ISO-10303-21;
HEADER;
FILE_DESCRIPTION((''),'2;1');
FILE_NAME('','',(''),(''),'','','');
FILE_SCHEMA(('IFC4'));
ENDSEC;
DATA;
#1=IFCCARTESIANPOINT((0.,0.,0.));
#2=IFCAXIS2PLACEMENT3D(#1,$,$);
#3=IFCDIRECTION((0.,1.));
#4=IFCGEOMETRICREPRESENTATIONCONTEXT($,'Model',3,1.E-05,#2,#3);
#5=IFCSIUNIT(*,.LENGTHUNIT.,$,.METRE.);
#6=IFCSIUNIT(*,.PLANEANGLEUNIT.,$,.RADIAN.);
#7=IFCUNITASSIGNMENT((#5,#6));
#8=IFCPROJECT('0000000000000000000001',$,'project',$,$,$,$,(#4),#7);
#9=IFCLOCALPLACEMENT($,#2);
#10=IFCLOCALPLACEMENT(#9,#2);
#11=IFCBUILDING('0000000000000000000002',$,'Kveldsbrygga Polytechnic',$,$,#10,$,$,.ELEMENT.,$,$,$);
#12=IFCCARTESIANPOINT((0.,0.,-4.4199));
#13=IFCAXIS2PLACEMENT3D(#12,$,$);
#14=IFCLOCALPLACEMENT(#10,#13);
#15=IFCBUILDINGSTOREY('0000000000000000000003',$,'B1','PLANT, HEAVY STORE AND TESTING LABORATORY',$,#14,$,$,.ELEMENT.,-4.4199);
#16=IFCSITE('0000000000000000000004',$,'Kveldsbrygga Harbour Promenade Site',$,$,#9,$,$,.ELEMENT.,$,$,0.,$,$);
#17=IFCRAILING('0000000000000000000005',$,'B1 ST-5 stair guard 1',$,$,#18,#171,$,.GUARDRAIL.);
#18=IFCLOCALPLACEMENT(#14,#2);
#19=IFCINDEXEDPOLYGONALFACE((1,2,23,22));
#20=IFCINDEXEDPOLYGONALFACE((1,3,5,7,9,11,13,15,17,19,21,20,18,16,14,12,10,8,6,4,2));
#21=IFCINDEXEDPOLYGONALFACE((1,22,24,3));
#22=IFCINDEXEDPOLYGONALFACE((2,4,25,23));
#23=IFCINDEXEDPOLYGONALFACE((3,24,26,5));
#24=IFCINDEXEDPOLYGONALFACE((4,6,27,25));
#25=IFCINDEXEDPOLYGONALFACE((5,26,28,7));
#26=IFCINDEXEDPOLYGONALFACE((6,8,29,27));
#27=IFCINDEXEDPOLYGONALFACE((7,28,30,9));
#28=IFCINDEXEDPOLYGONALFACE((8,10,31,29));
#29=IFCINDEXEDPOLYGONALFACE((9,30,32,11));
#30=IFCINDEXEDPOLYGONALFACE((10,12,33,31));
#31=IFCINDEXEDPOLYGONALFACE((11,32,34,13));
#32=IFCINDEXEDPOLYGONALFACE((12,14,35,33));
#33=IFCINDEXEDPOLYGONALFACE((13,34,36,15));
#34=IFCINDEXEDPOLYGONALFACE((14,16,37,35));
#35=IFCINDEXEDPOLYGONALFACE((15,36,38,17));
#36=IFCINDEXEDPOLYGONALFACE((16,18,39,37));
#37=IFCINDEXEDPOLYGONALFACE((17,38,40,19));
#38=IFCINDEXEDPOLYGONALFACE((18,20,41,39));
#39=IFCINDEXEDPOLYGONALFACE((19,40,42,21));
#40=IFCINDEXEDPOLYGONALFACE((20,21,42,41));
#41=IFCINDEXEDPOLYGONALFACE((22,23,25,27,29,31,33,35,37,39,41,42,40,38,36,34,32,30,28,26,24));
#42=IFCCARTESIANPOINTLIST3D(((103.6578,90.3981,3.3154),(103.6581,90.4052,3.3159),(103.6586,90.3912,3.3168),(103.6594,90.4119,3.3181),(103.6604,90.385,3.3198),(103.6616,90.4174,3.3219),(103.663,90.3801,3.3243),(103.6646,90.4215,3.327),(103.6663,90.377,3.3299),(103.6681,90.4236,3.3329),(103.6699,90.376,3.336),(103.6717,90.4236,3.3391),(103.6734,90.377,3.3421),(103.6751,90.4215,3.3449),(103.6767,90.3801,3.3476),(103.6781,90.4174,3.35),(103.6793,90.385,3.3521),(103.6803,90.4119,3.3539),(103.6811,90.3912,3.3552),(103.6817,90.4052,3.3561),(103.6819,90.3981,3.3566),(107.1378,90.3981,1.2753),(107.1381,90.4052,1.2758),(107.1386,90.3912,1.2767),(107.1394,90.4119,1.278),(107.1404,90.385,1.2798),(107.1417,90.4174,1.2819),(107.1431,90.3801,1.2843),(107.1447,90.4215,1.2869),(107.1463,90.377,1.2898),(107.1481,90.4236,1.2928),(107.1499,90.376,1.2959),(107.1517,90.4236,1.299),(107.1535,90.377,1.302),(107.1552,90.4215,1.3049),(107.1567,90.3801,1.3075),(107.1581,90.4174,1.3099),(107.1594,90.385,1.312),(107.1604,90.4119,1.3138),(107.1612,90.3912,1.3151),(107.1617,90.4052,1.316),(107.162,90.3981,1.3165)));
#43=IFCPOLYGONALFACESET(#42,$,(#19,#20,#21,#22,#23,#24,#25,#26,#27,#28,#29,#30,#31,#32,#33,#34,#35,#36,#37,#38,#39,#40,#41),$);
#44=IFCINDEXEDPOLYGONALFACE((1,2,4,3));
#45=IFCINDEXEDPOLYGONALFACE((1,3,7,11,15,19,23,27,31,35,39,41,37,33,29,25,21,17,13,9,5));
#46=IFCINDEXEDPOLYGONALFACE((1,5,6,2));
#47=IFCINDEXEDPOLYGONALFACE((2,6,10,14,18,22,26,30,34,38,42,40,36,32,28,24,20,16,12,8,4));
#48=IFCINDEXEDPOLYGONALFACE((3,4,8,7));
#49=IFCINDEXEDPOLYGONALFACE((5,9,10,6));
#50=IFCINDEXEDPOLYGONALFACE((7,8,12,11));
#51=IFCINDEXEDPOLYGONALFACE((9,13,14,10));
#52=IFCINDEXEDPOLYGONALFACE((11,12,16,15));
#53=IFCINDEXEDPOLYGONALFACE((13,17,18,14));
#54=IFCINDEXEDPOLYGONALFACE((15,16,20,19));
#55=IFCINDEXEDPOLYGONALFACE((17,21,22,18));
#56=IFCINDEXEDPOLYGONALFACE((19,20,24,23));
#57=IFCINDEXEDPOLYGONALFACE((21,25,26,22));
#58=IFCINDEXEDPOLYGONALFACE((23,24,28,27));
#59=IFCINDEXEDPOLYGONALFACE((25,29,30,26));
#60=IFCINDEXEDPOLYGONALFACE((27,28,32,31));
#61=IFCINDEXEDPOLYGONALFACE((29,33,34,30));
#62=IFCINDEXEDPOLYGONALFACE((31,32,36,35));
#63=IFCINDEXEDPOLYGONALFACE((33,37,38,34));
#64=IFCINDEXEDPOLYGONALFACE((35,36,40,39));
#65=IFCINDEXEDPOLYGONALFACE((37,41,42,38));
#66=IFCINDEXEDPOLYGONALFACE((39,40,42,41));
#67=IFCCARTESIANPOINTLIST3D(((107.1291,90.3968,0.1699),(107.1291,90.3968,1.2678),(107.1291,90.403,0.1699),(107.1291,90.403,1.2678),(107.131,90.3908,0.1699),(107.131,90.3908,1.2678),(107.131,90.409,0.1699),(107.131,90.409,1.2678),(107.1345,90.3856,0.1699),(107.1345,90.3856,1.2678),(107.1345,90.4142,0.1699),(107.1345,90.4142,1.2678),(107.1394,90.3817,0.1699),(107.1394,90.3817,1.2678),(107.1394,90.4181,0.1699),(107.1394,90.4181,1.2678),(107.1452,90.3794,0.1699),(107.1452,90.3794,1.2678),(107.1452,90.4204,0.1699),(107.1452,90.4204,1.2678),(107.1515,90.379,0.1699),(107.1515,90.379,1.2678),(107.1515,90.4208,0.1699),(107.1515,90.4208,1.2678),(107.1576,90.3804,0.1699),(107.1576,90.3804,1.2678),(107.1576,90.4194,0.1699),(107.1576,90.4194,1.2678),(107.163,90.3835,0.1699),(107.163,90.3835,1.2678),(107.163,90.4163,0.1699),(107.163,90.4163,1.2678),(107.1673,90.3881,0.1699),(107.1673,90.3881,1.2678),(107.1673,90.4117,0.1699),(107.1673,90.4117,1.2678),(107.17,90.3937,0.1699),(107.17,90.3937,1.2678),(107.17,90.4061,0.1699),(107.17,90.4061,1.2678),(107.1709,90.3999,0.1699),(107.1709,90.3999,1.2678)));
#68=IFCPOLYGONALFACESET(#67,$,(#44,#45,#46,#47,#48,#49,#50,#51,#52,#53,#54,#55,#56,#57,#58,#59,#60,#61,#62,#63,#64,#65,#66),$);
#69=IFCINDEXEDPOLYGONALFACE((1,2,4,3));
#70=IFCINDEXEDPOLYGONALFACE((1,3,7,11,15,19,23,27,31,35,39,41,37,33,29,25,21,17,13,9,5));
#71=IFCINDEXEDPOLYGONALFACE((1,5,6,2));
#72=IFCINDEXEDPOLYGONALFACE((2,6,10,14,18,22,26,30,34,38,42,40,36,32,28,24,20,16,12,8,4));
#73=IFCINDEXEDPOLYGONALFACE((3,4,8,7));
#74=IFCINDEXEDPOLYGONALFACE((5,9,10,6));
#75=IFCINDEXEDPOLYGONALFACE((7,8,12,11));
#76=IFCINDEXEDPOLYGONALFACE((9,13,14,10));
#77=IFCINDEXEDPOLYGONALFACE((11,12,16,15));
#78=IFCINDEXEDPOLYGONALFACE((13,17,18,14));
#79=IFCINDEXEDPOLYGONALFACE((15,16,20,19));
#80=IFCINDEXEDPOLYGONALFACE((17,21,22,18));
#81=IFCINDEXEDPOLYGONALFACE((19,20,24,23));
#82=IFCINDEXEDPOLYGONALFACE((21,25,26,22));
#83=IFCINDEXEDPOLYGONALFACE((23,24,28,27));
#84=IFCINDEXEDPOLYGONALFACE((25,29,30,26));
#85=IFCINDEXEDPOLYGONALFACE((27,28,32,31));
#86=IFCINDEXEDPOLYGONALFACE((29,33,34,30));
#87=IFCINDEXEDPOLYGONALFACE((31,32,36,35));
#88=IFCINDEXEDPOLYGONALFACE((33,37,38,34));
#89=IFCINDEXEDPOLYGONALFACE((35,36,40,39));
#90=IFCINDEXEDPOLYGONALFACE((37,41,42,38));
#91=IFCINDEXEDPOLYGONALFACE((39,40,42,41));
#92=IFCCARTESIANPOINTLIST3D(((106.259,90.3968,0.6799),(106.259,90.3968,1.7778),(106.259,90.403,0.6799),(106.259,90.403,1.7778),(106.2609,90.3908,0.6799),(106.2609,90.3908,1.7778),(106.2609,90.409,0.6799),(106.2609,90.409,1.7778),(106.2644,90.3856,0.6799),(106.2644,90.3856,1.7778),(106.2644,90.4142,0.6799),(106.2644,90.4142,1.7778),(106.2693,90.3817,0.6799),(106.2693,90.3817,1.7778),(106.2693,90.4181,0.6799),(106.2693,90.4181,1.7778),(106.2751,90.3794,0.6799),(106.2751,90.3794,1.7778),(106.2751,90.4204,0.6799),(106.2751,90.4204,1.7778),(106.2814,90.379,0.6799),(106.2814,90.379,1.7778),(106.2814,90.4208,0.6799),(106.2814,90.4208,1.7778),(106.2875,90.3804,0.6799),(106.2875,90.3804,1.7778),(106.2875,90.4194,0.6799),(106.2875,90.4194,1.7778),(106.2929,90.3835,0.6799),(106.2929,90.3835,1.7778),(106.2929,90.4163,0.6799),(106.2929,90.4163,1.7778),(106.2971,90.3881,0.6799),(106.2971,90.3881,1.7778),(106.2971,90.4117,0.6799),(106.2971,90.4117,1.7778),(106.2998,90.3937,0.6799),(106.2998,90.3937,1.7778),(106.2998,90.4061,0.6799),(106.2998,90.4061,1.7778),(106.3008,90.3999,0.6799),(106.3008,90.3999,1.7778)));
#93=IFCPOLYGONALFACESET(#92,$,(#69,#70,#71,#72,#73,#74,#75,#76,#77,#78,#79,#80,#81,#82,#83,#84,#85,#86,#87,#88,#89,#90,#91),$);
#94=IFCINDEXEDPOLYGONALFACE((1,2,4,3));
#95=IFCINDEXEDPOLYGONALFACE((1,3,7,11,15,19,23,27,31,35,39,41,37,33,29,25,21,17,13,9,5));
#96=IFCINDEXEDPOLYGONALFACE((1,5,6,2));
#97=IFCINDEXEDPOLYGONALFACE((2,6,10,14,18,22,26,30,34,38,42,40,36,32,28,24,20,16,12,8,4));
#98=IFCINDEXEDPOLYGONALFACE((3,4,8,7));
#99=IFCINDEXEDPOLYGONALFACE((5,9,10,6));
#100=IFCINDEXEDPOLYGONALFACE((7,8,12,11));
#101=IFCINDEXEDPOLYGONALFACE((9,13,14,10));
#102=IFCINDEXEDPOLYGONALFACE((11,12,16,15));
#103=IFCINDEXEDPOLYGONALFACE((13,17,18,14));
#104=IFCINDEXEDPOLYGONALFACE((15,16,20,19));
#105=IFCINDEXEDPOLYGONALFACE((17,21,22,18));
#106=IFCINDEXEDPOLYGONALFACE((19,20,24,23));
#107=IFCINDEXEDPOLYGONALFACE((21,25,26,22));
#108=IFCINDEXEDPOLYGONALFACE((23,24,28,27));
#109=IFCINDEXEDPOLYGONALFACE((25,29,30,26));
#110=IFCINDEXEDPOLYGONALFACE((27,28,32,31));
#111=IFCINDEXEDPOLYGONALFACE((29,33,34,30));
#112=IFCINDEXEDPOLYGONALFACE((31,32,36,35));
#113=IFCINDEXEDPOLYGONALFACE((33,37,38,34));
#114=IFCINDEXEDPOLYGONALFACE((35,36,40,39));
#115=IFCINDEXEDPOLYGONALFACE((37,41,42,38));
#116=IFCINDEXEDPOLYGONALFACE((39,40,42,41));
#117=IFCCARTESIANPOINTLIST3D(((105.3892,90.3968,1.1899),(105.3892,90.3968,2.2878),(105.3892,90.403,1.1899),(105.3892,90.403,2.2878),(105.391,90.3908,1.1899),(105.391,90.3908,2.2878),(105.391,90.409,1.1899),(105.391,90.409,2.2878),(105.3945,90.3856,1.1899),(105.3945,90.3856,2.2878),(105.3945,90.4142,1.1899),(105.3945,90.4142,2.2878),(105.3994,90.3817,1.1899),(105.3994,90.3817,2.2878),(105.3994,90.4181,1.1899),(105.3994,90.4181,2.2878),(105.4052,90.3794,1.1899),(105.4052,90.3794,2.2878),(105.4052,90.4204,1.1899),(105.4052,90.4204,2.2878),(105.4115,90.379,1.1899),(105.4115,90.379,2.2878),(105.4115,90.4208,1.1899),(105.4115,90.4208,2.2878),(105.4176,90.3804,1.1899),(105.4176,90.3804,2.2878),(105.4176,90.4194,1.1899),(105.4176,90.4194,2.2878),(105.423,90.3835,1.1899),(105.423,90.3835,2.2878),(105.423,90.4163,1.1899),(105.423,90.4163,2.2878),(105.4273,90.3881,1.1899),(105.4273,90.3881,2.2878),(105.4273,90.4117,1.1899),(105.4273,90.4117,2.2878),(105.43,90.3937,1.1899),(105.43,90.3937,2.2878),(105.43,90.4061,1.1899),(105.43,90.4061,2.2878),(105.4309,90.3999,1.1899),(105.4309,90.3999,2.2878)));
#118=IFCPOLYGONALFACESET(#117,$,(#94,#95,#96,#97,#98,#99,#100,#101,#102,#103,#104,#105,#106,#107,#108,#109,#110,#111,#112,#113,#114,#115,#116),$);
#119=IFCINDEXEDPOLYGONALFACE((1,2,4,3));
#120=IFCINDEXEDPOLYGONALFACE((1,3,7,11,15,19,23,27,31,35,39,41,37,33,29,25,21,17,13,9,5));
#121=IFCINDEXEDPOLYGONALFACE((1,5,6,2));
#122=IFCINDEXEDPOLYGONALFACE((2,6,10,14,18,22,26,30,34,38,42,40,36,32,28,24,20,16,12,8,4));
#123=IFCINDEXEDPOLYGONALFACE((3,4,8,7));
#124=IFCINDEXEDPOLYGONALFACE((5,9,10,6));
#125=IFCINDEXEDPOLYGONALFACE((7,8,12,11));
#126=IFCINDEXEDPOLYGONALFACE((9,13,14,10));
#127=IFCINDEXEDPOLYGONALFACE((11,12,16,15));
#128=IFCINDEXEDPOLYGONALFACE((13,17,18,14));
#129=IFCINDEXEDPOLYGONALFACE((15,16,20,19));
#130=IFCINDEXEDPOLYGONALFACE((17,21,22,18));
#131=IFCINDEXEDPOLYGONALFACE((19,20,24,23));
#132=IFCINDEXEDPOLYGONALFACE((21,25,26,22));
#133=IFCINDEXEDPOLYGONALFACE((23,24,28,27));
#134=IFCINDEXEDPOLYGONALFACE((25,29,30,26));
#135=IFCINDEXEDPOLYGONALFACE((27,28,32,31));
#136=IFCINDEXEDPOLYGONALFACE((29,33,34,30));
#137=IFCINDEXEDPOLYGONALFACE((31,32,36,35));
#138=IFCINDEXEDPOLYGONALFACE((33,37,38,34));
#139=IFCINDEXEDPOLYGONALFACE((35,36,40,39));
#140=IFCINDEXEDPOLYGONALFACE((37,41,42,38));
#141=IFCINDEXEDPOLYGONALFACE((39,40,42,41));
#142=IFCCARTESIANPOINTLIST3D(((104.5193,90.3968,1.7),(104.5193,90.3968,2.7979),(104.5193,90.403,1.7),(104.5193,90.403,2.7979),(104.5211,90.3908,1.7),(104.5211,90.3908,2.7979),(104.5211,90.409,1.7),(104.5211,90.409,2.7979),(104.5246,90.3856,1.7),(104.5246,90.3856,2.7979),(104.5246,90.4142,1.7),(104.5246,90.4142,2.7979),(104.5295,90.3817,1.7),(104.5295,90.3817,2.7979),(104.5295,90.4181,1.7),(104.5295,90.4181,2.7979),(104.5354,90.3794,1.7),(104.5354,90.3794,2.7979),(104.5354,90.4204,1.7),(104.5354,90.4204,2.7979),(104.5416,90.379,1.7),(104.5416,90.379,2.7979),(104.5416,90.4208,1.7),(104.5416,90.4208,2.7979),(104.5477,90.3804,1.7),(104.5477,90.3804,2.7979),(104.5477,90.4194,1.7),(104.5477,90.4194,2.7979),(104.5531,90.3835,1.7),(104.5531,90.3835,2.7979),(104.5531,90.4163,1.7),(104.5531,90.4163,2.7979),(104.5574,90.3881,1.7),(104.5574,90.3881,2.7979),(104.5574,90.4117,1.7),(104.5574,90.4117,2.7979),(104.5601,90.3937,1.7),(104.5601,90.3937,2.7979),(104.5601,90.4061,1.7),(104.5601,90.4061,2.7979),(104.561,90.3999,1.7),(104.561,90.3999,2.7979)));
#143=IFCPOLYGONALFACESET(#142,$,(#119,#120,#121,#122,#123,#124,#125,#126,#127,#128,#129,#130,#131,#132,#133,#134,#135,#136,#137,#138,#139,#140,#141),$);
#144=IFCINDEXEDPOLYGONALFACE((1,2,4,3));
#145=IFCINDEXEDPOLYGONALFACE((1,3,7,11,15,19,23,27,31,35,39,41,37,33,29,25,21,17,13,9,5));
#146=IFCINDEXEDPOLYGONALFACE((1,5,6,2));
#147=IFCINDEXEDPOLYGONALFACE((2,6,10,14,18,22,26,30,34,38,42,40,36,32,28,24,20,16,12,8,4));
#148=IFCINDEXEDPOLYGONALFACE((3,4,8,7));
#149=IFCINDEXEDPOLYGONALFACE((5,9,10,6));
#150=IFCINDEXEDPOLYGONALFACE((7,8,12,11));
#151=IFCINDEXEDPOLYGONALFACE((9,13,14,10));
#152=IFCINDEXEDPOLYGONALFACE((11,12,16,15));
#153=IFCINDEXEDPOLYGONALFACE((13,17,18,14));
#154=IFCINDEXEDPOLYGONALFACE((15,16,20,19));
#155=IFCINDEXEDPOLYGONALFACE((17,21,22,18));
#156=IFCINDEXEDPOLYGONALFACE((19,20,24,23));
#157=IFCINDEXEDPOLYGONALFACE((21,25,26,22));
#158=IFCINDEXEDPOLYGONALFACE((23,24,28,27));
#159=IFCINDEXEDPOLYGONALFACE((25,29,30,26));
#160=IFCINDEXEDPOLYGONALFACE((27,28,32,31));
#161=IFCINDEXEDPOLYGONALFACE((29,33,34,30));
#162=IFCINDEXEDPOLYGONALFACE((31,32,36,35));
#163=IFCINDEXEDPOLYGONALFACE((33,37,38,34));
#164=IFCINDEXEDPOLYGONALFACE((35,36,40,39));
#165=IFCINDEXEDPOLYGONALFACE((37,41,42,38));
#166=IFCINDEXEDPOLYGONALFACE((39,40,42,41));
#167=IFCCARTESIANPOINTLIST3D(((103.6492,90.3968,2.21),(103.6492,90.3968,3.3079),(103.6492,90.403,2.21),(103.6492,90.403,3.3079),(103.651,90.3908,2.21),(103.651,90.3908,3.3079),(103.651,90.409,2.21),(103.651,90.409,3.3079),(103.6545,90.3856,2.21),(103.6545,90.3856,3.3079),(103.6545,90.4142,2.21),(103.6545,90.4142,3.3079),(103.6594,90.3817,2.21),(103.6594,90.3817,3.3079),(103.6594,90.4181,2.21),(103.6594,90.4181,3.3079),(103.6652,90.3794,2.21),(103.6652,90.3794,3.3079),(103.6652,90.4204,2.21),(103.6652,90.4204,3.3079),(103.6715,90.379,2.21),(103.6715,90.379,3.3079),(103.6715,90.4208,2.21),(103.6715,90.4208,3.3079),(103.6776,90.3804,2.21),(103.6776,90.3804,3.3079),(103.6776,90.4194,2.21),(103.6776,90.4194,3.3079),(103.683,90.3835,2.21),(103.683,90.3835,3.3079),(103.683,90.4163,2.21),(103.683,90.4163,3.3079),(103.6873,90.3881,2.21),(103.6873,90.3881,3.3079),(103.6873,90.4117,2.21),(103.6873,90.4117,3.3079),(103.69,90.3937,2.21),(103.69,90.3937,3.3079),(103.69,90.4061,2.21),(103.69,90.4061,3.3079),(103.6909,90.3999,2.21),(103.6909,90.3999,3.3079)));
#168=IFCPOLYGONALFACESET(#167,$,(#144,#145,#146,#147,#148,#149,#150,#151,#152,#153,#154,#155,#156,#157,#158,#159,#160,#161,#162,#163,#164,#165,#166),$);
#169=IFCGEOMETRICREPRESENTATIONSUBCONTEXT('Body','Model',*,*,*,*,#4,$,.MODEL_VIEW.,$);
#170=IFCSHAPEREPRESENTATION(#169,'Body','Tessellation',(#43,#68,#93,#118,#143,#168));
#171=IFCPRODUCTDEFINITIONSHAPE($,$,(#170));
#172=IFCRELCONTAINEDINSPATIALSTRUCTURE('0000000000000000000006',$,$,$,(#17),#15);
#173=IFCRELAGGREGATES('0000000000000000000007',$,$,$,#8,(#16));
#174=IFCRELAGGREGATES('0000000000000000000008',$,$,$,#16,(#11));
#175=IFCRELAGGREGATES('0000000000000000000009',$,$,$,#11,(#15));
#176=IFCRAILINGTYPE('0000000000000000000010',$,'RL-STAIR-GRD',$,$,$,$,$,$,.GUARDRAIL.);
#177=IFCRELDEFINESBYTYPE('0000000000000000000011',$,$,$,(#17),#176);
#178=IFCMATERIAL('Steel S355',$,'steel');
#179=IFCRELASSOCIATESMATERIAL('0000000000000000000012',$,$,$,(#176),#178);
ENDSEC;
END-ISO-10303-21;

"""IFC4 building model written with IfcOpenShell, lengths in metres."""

from ifc_helpers import new_model, si_unit, direction, frame, origin, origin_2d, place, context, subcontext, project, spatial, circle, extrude, material, type_object, element, save


model = new_model("IFC4")

# Units and contexts
model_context = context("Model", 3, precision=1e-05, world=origin(), true_north=direction((0.0, 1.0)))
body_context = subcontext(model_context, "Body", "Model", "MODEL_VIEW")
ifc_project = project(units=[si_unit("LENGTHUNIT", "METRE"), si_unit("PLANEANGLEUNIT", "RADIAN")], contexts=[model_context])

# Site, building, storey
site_placement = place(None, origin())
site = spatial("IfcSite", under=ifc_project, at=site_placement, Name="Kveldsbrygga Harbour Promenade Site", CompositionType="ELEMENT", RefElevation=0.0)
building_placement = place(site_placement, origin())
building = spatial("IfcBuilding", under=site, at=building_placement, Name="Kveldsbrygga Polytechnic", CompositionType="ELEMENT")
storey_placement = place(building_placement, frame((0.0, 0.0, -4.4199)))
storey = spatial("IfcBuildingStorey", under=building, at=storey_placement, Name="B1", Description="PLANT, HEAVY STORE AND TESTING LABORATORY", CompositionType="ELEMENT", Elevation=-4.4199)

# Shared definitions
ifc_material_1 = material(Name="Steel S355", Category="steel")

# Railing
railing_type_1 = type_object("IfcRailingType", Name="RL-STAIR-GRD", PredefinedType="GUARDRAIL", material=ifc_material_1)
railing_1_placement = place(storey_placement, frame((107.1499, 90.3999, 0.1699)))
element("IfcRailing", 1, at=railing_1_placement, inside=storey, type_object=railing_type_1, Name="B1 ST-5 stair guard 1", PredefinedType="GUARDRAIL", context=body_context, shape_type="SweptSolid", body=[
    extrude(circle(Radius=0.0239, at=origin_2d()), frame((0.0, 0.0, 1.126), z_axis=(-0.862693, 0.0, 0.505729), x_axis=(0.0, -1.0, 0.0)), (0.0, 0.0, 1.0), 4.0339),
    extrude(circle(Radius=0.021, at=origin_2d()), origin(), (0.0, 0.0, 1.0), 1.0979),
    extrude(circle(Radius=0.021, at=origin_2d()), frame((-0.8701, 0.0, 0.51)), (0.0, 0.0, 1.0), 1.0979),
    extrude(circle(Radius=0.021, at=origin_2d()), frame((-1.74, 0.0, 1.02)), (0.0, 0.0, 1.0), 1.0979),
    extrude(circle(Radius=0.021, at=origin_2d()), frame((-2.6099, 0.0, 1.53)), (0.0, 0.0, 1.0), 1.0979),
    extrude(circle(Radius=0.021, at=origin_2d()), frame((-3.48, 0.0, 2.04)), (0.0, 0.0, 1.0), 1.0979),
])

save(model, "model.ifc")
